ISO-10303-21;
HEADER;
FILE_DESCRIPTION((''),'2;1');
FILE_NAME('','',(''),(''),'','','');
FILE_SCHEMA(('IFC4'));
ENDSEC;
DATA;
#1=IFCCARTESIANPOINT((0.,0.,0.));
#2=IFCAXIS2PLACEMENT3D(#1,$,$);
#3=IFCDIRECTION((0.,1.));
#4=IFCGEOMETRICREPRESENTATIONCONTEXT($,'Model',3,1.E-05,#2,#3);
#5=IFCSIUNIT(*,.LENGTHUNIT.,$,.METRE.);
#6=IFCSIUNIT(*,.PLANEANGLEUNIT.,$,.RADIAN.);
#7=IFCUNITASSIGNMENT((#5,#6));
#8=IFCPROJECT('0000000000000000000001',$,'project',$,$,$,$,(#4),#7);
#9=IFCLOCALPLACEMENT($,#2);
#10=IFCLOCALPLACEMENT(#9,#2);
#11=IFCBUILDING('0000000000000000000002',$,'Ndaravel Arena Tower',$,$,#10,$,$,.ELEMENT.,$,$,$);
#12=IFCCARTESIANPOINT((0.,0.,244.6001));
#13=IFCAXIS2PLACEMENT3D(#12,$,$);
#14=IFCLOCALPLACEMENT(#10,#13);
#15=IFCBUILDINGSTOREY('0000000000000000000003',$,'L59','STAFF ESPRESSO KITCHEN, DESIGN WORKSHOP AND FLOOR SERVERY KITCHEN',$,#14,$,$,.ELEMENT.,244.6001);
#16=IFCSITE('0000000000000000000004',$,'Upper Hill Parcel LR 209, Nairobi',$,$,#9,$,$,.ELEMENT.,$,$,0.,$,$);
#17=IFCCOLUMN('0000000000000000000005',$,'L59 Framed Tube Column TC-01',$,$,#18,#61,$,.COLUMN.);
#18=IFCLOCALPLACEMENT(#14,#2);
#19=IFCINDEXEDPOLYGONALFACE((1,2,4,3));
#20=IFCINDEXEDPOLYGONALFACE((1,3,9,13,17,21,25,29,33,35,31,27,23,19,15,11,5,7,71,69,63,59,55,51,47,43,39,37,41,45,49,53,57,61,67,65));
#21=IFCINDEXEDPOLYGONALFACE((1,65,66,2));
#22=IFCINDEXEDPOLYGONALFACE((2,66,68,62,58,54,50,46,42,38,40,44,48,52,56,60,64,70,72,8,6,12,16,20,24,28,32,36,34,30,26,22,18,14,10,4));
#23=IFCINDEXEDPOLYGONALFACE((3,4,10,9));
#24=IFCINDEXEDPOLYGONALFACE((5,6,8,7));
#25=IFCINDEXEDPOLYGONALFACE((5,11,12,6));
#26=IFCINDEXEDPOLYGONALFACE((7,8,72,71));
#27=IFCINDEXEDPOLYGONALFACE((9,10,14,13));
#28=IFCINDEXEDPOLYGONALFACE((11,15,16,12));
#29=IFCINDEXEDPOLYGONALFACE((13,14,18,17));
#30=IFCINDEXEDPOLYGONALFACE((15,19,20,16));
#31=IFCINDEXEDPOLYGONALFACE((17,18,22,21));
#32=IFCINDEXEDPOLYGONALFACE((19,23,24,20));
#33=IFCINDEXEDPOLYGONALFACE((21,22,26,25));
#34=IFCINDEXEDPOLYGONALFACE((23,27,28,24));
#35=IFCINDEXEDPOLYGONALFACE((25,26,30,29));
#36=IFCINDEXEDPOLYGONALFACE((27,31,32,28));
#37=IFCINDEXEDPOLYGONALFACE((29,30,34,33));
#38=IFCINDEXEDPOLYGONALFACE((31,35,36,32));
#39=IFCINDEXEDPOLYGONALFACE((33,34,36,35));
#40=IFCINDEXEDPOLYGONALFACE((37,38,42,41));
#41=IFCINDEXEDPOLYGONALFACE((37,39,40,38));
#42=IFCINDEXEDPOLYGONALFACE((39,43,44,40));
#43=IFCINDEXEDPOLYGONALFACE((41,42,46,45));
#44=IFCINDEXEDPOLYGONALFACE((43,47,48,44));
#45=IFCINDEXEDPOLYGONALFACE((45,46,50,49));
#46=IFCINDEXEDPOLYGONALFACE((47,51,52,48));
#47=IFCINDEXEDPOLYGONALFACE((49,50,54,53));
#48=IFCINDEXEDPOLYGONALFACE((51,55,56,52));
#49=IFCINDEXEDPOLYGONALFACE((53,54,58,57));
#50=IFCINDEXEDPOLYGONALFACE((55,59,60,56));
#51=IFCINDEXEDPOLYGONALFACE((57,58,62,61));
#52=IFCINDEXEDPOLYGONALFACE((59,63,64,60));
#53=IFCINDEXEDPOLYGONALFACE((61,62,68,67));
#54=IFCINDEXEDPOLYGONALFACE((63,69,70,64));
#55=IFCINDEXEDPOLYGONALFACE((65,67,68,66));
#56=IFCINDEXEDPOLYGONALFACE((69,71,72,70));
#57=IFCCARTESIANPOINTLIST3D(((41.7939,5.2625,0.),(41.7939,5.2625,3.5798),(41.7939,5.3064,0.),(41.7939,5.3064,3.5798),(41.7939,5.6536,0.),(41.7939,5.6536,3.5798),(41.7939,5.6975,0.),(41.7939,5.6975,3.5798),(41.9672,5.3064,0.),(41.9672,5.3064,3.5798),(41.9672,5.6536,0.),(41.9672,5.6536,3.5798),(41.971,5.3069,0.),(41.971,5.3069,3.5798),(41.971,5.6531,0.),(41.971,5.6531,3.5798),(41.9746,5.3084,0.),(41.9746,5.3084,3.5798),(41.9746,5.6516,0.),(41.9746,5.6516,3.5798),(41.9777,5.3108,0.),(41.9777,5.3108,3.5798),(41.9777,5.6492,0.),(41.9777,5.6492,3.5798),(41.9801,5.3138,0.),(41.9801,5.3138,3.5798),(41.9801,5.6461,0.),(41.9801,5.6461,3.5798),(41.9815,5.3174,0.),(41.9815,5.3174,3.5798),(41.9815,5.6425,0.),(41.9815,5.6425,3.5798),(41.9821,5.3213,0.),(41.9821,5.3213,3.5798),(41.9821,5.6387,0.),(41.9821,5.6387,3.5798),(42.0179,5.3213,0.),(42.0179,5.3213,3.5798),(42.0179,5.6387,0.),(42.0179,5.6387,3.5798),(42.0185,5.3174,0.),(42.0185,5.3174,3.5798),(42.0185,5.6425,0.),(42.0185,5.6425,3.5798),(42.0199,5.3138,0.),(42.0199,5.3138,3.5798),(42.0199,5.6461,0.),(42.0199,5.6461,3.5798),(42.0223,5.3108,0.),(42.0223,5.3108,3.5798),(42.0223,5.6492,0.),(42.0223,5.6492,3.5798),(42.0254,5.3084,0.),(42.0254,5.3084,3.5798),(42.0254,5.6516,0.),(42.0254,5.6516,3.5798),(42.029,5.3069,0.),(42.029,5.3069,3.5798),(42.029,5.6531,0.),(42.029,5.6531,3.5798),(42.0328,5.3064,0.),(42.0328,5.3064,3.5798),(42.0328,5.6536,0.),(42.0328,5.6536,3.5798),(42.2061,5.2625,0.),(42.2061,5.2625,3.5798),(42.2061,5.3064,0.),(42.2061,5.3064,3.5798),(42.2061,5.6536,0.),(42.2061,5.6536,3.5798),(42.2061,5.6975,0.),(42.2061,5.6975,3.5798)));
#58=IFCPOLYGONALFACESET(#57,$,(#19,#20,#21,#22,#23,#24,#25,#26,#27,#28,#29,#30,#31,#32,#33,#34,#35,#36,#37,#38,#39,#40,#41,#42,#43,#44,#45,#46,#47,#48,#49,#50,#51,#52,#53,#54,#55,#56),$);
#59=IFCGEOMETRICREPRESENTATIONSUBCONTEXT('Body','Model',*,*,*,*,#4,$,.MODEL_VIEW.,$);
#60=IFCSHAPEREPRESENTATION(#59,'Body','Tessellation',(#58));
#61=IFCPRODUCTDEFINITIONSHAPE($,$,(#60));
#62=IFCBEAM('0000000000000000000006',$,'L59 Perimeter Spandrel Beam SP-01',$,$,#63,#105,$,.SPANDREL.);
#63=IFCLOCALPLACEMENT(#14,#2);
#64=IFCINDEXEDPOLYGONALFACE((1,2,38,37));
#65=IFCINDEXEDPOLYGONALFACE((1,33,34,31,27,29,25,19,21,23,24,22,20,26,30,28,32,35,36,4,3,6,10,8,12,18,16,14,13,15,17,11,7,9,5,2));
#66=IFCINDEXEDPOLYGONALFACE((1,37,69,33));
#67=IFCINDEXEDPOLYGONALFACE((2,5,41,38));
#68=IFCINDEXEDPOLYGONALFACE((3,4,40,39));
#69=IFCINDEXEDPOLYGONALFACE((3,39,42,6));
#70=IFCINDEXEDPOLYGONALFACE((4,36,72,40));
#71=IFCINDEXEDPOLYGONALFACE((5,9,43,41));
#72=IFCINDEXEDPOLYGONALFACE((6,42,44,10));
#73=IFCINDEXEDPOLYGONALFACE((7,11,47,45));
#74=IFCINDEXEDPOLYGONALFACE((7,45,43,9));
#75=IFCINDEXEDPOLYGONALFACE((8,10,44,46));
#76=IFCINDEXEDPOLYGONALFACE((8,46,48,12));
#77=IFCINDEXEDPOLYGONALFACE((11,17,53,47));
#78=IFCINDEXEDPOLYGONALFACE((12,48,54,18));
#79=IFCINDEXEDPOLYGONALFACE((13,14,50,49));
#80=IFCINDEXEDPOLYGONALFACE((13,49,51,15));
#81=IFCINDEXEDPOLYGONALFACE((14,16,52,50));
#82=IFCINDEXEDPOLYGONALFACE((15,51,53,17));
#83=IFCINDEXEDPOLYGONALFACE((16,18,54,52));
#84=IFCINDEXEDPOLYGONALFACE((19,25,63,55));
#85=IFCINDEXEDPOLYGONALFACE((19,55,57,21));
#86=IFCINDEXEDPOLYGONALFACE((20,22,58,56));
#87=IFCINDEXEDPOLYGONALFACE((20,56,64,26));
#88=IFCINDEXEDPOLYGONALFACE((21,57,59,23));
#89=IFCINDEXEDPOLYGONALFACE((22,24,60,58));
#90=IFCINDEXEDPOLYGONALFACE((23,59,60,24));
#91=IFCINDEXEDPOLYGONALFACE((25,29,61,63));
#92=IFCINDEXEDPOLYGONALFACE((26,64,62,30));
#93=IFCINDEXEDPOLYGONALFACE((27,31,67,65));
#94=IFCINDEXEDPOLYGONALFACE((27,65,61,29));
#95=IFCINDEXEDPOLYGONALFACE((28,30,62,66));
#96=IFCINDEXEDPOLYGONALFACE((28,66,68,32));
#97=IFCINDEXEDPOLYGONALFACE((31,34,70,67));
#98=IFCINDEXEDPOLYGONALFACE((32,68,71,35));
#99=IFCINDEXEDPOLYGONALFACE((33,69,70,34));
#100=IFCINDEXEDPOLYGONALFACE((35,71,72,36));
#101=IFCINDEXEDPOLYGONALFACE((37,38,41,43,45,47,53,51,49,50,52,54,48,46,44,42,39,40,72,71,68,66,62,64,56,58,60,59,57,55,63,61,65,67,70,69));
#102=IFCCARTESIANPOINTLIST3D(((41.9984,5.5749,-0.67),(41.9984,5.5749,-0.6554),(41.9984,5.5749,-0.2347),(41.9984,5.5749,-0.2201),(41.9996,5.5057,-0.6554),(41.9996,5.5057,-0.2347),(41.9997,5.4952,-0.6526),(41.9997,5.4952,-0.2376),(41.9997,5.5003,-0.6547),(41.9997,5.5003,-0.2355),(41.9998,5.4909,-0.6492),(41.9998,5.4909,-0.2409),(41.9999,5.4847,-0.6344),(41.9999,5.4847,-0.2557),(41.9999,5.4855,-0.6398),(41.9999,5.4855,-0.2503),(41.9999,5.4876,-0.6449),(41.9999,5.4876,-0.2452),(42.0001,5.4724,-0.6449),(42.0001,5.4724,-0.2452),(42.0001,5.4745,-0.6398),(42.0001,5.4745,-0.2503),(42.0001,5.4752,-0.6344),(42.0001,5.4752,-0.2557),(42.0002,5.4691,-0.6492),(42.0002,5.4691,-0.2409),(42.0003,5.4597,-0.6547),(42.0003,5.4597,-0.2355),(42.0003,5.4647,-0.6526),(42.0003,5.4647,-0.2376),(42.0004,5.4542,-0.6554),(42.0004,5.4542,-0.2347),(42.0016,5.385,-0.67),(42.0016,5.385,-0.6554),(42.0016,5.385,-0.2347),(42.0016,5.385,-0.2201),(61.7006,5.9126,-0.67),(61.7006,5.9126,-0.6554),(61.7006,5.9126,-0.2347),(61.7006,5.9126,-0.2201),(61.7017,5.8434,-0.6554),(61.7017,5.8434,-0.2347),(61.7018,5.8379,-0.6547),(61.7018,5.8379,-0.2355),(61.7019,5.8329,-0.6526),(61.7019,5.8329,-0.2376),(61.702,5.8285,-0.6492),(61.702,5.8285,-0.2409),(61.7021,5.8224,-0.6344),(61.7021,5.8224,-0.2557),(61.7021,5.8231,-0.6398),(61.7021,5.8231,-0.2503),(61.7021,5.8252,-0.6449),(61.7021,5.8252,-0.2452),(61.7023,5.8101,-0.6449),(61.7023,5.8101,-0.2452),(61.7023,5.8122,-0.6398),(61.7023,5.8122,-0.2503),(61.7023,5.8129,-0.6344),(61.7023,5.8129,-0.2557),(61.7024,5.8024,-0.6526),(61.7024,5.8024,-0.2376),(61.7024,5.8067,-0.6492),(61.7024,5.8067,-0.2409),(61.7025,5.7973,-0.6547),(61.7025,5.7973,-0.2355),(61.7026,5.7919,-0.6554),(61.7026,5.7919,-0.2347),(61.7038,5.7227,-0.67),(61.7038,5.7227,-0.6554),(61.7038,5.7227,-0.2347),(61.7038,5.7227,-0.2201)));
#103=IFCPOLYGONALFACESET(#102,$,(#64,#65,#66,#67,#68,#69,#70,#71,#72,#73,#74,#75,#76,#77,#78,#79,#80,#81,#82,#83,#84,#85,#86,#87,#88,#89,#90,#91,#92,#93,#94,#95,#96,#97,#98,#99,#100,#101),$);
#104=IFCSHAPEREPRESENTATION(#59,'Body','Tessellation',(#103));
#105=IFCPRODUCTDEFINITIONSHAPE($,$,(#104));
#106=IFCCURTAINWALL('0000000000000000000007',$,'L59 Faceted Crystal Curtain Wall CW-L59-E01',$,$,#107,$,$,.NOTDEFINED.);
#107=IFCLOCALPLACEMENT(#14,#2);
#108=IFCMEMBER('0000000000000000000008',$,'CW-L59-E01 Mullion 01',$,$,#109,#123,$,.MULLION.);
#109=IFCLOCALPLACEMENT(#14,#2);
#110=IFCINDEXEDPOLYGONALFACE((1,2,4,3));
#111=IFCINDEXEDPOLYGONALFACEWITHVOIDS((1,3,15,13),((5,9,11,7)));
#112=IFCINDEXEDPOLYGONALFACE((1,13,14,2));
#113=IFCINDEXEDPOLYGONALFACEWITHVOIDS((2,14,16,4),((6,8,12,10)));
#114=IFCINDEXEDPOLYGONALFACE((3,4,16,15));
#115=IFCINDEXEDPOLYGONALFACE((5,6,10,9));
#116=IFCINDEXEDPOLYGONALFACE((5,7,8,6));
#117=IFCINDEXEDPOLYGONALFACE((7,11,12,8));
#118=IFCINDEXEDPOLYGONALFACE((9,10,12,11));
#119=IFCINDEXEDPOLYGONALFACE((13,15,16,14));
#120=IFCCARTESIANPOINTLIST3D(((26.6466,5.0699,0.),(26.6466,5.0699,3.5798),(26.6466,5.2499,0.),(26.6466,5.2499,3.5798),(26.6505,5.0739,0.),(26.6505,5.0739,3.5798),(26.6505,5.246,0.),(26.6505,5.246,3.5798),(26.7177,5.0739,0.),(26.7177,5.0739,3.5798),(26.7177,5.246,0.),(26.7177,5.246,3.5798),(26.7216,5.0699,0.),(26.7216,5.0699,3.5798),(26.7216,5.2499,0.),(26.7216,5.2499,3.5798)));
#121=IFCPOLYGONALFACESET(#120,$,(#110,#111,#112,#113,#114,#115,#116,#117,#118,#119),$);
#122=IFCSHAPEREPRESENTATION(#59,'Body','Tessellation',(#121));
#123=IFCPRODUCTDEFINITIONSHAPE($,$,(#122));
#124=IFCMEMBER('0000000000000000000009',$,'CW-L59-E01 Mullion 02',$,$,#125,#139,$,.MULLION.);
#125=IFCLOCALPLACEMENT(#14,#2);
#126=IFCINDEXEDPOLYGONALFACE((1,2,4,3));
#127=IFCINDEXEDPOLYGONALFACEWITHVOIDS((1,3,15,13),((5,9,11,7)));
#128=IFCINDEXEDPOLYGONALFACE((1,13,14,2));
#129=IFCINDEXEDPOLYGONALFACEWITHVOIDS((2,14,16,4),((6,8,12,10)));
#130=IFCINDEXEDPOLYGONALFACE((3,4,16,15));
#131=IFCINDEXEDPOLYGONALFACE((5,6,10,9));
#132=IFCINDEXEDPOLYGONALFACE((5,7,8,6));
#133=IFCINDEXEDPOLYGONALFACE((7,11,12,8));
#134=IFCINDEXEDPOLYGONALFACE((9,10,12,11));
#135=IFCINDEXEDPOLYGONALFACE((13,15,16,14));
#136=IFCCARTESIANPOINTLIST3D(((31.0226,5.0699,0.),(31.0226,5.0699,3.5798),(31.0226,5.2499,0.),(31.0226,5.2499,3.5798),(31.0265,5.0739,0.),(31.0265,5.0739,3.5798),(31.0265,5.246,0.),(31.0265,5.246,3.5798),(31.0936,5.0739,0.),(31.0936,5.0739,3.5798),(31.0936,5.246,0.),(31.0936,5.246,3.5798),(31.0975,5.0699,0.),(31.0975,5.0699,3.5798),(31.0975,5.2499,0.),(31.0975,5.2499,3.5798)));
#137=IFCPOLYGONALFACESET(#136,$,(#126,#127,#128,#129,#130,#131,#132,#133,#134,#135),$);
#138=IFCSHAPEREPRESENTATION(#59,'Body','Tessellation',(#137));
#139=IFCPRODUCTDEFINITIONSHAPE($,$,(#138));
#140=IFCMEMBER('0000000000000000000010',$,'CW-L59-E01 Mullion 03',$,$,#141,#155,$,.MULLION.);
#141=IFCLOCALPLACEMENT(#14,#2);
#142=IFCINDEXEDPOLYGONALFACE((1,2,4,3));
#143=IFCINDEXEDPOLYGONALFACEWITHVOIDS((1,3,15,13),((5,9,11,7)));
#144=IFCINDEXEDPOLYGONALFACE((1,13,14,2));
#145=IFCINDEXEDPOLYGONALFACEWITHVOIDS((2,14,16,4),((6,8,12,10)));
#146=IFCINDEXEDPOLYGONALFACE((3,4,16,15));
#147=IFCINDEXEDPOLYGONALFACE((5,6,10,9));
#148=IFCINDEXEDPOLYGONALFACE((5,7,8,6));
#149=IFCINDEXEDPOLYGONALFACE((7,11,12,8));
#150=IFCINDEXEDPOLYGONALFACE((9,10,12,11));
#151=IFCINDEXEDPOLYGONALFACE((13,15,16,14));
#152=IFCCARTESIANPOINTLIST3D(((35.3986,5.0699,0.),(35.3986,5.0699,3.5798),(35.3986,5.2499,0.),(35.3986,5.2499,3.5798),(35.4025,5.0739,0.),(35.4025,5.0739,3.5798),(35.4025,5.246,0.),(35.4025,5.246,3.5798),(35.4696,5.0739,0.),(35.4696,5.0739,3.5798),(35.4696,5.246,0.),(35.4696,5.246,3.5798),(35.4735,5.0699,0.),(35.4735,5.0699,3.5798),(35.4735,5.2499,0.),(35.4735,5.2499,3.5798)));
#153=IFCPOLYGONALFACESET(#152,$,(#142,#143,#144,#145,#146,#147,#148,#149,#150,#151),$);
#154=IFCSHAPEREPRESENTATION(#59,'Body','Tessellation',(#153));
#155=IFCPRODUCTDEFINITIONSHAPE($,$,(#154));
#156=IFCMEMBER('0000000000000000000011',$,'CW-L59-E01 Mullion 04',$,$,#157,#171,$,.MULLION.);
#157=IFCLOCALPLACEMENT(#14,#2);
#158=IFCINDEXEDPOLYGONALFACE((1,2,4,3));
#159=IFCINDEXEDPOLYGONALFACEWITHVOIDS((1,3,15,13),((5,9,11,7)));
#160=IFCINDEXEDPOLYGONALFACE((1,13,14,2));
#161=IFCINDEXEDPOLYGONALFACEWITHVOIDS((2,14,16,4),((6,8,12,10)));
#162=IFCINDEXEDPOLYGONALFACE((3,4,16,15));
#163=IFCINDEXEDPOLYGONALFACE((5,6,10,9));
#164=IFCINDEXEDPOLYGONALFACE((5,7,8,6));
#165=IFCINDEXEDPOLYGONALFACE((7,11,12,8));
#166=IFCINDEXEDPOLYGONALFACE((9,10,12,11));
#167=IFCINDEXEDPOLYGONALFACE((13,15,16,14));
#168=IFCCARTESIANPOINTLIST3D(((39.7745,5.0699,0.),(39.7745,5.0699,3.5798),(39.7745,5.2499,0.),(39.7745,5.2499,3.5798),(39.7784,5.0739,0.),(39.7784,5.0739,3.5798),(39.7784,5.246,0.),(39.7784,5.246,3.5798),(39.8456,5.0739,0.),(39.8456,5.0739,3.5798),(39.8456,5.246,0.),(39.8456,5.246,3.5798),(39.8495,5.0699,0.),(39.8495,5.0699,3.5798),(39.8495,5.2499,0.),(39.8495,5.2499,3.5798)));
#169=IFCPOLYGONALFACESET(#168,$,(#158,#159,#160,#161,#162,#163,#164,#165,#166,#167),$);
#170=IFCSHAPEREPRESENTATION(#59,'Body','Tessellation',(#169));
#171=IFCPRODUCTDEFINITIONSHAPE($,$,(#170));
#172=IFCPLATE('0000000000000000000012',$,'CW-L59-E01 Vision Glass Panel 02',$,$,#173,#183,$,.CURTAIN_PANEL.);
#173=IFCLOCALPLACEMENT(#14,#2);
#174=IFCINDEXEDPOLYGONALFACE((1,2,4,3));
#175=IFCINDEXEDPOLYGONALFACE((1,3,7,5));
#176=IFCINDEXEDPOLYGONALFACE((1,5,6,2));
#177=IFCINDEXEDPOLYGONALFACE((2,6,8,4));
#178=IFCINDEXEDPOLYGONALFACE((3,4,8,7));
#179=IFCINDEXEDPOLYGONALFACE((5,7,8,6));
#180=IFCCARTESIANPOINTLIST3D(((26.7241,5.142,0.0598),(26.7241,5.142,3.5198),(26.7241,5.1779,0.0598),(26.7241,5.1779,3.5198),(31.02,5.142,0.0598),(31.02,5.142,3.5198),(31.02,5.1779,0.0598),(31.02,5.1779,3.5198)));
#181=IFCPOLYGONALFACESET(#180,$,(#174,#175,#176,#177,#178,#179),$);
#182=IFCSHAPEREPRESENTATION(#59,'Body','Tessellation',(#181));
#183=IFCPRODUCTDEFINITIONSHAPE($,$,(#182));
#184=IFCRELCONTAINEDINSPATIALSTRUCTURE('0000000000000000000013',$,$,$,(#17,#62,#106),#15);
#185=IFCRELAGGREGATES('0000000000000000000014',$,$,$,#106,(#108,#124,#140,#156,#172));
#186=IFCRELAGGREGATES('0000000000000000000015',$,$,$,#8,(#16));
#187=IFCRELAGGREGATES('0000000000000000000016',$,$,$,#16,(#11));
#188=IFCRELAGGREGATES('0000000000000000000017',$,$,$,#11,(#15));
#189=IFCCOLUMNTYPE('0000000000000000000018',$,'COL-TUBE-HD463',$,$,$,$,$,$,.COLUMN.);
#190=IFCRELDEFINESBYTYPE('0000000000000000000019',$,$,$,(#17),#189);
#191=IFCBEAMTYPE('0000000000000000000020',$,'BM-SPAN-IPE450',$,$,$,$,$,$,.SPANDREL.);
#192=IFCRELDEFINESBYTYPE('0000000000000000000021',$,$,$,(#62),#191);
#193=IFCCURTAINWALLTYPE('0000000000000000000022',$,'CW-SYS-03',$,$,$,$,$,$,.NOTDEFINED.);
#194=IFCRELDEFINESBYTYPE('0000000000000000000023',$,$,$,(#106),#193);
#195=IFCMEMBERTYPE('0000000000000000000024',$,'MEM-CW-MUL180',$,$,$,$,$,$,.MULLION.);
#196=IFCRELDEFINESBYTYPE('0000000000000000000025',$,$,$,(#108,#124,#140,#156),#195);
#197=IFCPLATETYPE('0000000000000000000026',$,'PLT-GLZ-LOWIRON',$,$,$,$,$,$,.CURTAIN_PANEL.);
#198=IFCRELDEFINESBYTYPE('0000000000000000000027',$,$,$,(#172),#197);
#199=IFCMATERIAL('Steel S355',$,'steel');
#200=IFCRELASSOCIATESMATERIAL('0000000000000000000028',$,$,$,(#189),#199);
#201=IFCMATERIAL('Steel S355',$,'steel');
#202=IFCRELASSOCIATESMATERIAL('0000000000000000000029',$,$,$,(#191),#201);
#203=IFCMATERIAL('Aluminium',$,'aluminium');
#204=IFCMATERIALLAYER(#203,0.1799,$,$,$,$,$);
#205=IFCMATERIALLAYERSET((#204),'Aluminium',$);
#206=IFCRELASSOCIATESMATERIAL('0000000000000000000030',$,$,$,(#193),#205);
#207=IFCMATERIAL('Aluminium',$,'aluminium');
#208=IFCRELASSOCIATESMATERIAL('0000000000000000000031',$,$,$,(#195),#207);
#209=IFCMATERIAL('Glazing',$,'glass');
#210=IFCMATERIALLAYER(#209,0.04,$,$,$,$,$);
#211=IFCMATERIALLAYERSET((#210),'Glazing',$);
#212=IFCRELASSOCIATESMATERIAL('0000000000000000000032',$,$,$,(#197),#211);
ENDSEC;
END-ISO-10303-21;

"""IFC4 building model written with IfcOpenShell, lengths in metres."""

from ifc_helpers import new_model, si_unit, direction, frame, origin, origin_2d, place, context, subcontext, project, spatial, rectangle, hollow_rectangle, i_section, extrude, material, layer, layer_set, material_profile, profile_set, type_object, element, aggregate, save


model = new_model("IFC4")

# Units and contexts
model_context = context("Model", 3, precision=1e-05, world=origin(), true_north=direction((0.0, 1.0)))
body_context = subcontext(model_context, "Body", "Model", "MODEL_VIEW")
ifc_project = project(units=[si_unit("LENGTHUNIT", "METRE"), si_unit("PLANEANGLEUNIT", "RADIAN")], contexts=[model_context])

# Site, building, storey
site_placement = place(None, origin())
site = spatial("IfcSite", under=ifc_project, at=site_placement, Name="Upper Hill Parcel LR 209, Nairobi", CompositionType="ELEMENT", RefElevation=0.0)
building_placement = place(site_placement, origin())
building = spatial("IfcBuilding", under=site, at=building_placement, Name="Ndaravel Arena Tower", CompositionType="ELEMENT")
storey_placement = place(building_placement, frame((0.0, 0.0, 244.6001)))
storey = spatial("IfcBuildingStorey", under=building, at=storey_placement, Name="L59", Description="STAFF ESPRESSO KITCHEN, DESIGN WORKSHOP AND FLOOR SERVERY KITCHEN", CompositionType="ELEMENT", Elevation=244.6001)

# Column
ifc_material_1 = material(Name="Steel S355", Category="steel")
ifc_material_profile_1 = material_profile(ifc_material_1, i_section(OverallWidth=0.4121, OverallDepth=0.4351, WebThickness=0.0359, FlangeThickness=0.0439, FilletRadius=0.0149, at=origin_2d()), Name="HD 400x463")
ifc_profile_set_1 = profile_set([ifc_material_profile_1], Name="Steel S355")
column_type = type_object("IfcColumnType", Name="COL-TUBE-HD463", PredefinedType="COLUMN", material=ifc_profile_set_1)
column_placement = place(storey_placement, frame((42.0, 5.48, 0.0), z_axis=(0.0, 0.0, 1.0), x_axis=(1.0, 0.0, 0.0)))
element("IfcColumn", 1, at=column_placement, inside=storey, type_object=column_type, Name="L59 Framed Tube Column TC-01", PredefinedType="COLUMN", context=body_context, shape_type="SweptSolid", body=[
    extrude(i_section(OverallWidth=0.4121, OverallDepth=0.4351, WebThickness=0.0359, FlangeThickness=0.0439, FilletRadius=0.0149, at=origin_2d()), origin(), (0.0, 0.0, 1.0), 3.5798),
])

# Beam
ifc_material_2 = material(Name="Steel S355", Category="steel")
ifc_material_profile_2 = material_profile(ifc_material_2, i_section(OverallWidth=0.1899, OverallDepth=0.45, WebThickness=0.0095, FlangeThickness=0.0146, FilletRadius=0.021, at=origin_2d()), Name="IPE 450")
ifc_profile_set_2 = profile_set([ifc_material_profile_2], Name="Steel S355")
beam_type = type_object("IfcBeamType", Name="BM-SPAN-IPE450", PredefinedType="SPANDREL", material=ifc_profile_set_2)
beam_placement = place(storey_placement, frame((42.0, 5.48, -0.4451), z_axis=(0.999853, 0.017135, 0.0), x_axis=(-0.017135, 0.999853, 0.0)))
element("IfcBeam", 2, at=beam_placement, inside=storey, type_object=beam_type, Name="L59 Perimeter Spandrel Beam SP-01", PredefinedType="SPANDREL", context=body_context, shape_type="SweptSolid", body=[
    extrude(i_section(OverallWidth=0.1899, OverallDepth=0.45, WebThickness=0.0095, FlangeThickness=0.0146, FilletRadius=0.021, at=origin_2d()), origin(), (0.0, 0.0, 1.0), 19.7051),
])

# Curtain wall, members, plate
ifc_material_3 = material(Name="Aluminium", Category="aluminium")
ifc_layer_1 = layer(ifc_material_3, 0.1799)
ifc_layer_set_1 = layer_set([ifc_layer_1], Name="Aluminium")
curtain_wall_type = type_object("IfcCurtainWallType", Name="CW-SYS-03", PredefinedType="NOTDEFINED", material=ifc_layer_set_1)
curtain_wall_placement = place(storey_placement, origin())
curtain_wall = element("IfcCurtainWall", 3, at=curtain_wall_placement, inside=storey, type_object=curtain_wall_type, Name="L59 Faceted Crystal Curtain Wall CW-L59-E01", PredefinedType="NOTDEFINED")
ifc_material_4 = material(Name="Aluminium", Category="aluminium")
ifc_material_profile_3 = material_profile(ifc_material_4, hollow_rectangle(XDim=0.075, YDim=0.1799, WallThickness=0.0039, at=origin_2d()), Name="CW MULLION 75x180x4")
ifc_profile_set_3 = profile_set([ifc_material_profile_3], Name="Aluminium")
member_type = type_object("IfcMemberType", Name="MEM-CW-MUL180", PredefinedType="MULLION", material=ifc_profile_set_3)
member_1_placement = place(storey_placement, frame((26.6841, 5.1599, 0.0), z_axis=(0.0, 0.0, 1.0), x_axis=(1.0, 0.0, 0.0)))
member_1 = element("IfcMember", 4, at=member_1_placement, type_object=member_type, Name="CW-L59-E01 Mullion 01", PredefinedType="MULLION", context=body_context, shape_type="SweptSolid", body=[
    extrude(hollow_rectangle(XDim=0.075, YDim=0.1799, WallThickness=0.0039, at=origin_2d()), origin(), (0.0, 0.0, 1.0), 3.5798),
])
member_2_placement = place(storey_placement, frame((31.0601, 5.1599, 0.0), z_axis=(0.0, 0.0, 1.0), x_axis=(1.0, 0.0, 0.0)))
member_2 = element("IfcMember", 5, at=member_2_placement, type_object=member_type, Name="CW-L59-E01 Mullion 02", PredefinedType="MULLION", context=body_context, shape_type="SweptSolid", body=[
    extrude(hollow_rectangle(XDim=0.075, YDim=0.1799, WallThickness=0.0039, at=origin_2d()), origin(), (0.0, 0.0, 1.0), 3.5798),
])
member_3_placement = place(storey_placement, frame((35.436, 5.1599, 0.0), z_axis=(0.0, 0.0, 1.0), x_axis=(1.0, 0.0, 0.0)))
member_3 = element("IfcMember", 6, at=member_3_placement, type_object=member_type, Name="CW-L59-E01 Mullion 03", PredefinedType="MULLION", context=body_context, shape_type="SweptSolid", body=[
    extrude(hollow_rectangle(XDim=0.075, YDim=0.1799, WallThickness=0.0039, at=origin_2d()), origin(), (0.0, 0.0, 1.0), 3.5798),
])
member_4_placement = place(storey_placement, frame((39.812, 5.1599, 0.0), z_axis=(0.0, 0.0, 1.0), x_axis=(1.0, 0.0, 0.0)))
member_4 = element("IfcMember", 7, at=member_4_placement, type_object=member_type, Name="CW-L59-E01 Mullion 04", PredefinedType="MULLION", context=body_context, shape_type="SweptSolid", body=[
    extrude(hollow_rectangle(XDim=0.075, YDim=0.1799, WallThickness=0.0039, at=origin_2d()), origin(), (0.0, 0.0, 1.0), 3.5798),
])
ifc_material_5 = material(Name="Glazing", Category="glass")
ifc_layer_2 = layer(ifc_material_5, 0.04)
ifc_layer_set_2 = layer_set([ifc_layer_2], Name="Glazing")
plate_type = type_object("IfcPlateType", Name="PLT-GLZ-LOWIRON", PredefinedType="CURTAIN_PANEL", material=ifc_layer_set_2)
plate_1_placement = place(storey_placement, frame((28.8721, 5.1599, 0.0598), z_axis=(0.0, 0.0, 1.0), x_axis=(1.0, 0.0, 0.0)))
plate_1 = element("IfcPlate", 8, at=plate_1_placement, type_object=plate_type, Name="CW-L59-E01 Vision Glass Panel 02", PredefinedType="CURTAIN_PANEL", context=body_context, shape_type="SweptSolid", body=[
    extrude(rectangle(XDim=4.2959, YDim=0.0359, at=origin_2d()), origin(), (0.0, 0.0, 1.0), 3.46),
])
aggregate(curtain_wall, [member_1, member_2, member_3, member_4, plate_1])

save(model, "model.ifc")
